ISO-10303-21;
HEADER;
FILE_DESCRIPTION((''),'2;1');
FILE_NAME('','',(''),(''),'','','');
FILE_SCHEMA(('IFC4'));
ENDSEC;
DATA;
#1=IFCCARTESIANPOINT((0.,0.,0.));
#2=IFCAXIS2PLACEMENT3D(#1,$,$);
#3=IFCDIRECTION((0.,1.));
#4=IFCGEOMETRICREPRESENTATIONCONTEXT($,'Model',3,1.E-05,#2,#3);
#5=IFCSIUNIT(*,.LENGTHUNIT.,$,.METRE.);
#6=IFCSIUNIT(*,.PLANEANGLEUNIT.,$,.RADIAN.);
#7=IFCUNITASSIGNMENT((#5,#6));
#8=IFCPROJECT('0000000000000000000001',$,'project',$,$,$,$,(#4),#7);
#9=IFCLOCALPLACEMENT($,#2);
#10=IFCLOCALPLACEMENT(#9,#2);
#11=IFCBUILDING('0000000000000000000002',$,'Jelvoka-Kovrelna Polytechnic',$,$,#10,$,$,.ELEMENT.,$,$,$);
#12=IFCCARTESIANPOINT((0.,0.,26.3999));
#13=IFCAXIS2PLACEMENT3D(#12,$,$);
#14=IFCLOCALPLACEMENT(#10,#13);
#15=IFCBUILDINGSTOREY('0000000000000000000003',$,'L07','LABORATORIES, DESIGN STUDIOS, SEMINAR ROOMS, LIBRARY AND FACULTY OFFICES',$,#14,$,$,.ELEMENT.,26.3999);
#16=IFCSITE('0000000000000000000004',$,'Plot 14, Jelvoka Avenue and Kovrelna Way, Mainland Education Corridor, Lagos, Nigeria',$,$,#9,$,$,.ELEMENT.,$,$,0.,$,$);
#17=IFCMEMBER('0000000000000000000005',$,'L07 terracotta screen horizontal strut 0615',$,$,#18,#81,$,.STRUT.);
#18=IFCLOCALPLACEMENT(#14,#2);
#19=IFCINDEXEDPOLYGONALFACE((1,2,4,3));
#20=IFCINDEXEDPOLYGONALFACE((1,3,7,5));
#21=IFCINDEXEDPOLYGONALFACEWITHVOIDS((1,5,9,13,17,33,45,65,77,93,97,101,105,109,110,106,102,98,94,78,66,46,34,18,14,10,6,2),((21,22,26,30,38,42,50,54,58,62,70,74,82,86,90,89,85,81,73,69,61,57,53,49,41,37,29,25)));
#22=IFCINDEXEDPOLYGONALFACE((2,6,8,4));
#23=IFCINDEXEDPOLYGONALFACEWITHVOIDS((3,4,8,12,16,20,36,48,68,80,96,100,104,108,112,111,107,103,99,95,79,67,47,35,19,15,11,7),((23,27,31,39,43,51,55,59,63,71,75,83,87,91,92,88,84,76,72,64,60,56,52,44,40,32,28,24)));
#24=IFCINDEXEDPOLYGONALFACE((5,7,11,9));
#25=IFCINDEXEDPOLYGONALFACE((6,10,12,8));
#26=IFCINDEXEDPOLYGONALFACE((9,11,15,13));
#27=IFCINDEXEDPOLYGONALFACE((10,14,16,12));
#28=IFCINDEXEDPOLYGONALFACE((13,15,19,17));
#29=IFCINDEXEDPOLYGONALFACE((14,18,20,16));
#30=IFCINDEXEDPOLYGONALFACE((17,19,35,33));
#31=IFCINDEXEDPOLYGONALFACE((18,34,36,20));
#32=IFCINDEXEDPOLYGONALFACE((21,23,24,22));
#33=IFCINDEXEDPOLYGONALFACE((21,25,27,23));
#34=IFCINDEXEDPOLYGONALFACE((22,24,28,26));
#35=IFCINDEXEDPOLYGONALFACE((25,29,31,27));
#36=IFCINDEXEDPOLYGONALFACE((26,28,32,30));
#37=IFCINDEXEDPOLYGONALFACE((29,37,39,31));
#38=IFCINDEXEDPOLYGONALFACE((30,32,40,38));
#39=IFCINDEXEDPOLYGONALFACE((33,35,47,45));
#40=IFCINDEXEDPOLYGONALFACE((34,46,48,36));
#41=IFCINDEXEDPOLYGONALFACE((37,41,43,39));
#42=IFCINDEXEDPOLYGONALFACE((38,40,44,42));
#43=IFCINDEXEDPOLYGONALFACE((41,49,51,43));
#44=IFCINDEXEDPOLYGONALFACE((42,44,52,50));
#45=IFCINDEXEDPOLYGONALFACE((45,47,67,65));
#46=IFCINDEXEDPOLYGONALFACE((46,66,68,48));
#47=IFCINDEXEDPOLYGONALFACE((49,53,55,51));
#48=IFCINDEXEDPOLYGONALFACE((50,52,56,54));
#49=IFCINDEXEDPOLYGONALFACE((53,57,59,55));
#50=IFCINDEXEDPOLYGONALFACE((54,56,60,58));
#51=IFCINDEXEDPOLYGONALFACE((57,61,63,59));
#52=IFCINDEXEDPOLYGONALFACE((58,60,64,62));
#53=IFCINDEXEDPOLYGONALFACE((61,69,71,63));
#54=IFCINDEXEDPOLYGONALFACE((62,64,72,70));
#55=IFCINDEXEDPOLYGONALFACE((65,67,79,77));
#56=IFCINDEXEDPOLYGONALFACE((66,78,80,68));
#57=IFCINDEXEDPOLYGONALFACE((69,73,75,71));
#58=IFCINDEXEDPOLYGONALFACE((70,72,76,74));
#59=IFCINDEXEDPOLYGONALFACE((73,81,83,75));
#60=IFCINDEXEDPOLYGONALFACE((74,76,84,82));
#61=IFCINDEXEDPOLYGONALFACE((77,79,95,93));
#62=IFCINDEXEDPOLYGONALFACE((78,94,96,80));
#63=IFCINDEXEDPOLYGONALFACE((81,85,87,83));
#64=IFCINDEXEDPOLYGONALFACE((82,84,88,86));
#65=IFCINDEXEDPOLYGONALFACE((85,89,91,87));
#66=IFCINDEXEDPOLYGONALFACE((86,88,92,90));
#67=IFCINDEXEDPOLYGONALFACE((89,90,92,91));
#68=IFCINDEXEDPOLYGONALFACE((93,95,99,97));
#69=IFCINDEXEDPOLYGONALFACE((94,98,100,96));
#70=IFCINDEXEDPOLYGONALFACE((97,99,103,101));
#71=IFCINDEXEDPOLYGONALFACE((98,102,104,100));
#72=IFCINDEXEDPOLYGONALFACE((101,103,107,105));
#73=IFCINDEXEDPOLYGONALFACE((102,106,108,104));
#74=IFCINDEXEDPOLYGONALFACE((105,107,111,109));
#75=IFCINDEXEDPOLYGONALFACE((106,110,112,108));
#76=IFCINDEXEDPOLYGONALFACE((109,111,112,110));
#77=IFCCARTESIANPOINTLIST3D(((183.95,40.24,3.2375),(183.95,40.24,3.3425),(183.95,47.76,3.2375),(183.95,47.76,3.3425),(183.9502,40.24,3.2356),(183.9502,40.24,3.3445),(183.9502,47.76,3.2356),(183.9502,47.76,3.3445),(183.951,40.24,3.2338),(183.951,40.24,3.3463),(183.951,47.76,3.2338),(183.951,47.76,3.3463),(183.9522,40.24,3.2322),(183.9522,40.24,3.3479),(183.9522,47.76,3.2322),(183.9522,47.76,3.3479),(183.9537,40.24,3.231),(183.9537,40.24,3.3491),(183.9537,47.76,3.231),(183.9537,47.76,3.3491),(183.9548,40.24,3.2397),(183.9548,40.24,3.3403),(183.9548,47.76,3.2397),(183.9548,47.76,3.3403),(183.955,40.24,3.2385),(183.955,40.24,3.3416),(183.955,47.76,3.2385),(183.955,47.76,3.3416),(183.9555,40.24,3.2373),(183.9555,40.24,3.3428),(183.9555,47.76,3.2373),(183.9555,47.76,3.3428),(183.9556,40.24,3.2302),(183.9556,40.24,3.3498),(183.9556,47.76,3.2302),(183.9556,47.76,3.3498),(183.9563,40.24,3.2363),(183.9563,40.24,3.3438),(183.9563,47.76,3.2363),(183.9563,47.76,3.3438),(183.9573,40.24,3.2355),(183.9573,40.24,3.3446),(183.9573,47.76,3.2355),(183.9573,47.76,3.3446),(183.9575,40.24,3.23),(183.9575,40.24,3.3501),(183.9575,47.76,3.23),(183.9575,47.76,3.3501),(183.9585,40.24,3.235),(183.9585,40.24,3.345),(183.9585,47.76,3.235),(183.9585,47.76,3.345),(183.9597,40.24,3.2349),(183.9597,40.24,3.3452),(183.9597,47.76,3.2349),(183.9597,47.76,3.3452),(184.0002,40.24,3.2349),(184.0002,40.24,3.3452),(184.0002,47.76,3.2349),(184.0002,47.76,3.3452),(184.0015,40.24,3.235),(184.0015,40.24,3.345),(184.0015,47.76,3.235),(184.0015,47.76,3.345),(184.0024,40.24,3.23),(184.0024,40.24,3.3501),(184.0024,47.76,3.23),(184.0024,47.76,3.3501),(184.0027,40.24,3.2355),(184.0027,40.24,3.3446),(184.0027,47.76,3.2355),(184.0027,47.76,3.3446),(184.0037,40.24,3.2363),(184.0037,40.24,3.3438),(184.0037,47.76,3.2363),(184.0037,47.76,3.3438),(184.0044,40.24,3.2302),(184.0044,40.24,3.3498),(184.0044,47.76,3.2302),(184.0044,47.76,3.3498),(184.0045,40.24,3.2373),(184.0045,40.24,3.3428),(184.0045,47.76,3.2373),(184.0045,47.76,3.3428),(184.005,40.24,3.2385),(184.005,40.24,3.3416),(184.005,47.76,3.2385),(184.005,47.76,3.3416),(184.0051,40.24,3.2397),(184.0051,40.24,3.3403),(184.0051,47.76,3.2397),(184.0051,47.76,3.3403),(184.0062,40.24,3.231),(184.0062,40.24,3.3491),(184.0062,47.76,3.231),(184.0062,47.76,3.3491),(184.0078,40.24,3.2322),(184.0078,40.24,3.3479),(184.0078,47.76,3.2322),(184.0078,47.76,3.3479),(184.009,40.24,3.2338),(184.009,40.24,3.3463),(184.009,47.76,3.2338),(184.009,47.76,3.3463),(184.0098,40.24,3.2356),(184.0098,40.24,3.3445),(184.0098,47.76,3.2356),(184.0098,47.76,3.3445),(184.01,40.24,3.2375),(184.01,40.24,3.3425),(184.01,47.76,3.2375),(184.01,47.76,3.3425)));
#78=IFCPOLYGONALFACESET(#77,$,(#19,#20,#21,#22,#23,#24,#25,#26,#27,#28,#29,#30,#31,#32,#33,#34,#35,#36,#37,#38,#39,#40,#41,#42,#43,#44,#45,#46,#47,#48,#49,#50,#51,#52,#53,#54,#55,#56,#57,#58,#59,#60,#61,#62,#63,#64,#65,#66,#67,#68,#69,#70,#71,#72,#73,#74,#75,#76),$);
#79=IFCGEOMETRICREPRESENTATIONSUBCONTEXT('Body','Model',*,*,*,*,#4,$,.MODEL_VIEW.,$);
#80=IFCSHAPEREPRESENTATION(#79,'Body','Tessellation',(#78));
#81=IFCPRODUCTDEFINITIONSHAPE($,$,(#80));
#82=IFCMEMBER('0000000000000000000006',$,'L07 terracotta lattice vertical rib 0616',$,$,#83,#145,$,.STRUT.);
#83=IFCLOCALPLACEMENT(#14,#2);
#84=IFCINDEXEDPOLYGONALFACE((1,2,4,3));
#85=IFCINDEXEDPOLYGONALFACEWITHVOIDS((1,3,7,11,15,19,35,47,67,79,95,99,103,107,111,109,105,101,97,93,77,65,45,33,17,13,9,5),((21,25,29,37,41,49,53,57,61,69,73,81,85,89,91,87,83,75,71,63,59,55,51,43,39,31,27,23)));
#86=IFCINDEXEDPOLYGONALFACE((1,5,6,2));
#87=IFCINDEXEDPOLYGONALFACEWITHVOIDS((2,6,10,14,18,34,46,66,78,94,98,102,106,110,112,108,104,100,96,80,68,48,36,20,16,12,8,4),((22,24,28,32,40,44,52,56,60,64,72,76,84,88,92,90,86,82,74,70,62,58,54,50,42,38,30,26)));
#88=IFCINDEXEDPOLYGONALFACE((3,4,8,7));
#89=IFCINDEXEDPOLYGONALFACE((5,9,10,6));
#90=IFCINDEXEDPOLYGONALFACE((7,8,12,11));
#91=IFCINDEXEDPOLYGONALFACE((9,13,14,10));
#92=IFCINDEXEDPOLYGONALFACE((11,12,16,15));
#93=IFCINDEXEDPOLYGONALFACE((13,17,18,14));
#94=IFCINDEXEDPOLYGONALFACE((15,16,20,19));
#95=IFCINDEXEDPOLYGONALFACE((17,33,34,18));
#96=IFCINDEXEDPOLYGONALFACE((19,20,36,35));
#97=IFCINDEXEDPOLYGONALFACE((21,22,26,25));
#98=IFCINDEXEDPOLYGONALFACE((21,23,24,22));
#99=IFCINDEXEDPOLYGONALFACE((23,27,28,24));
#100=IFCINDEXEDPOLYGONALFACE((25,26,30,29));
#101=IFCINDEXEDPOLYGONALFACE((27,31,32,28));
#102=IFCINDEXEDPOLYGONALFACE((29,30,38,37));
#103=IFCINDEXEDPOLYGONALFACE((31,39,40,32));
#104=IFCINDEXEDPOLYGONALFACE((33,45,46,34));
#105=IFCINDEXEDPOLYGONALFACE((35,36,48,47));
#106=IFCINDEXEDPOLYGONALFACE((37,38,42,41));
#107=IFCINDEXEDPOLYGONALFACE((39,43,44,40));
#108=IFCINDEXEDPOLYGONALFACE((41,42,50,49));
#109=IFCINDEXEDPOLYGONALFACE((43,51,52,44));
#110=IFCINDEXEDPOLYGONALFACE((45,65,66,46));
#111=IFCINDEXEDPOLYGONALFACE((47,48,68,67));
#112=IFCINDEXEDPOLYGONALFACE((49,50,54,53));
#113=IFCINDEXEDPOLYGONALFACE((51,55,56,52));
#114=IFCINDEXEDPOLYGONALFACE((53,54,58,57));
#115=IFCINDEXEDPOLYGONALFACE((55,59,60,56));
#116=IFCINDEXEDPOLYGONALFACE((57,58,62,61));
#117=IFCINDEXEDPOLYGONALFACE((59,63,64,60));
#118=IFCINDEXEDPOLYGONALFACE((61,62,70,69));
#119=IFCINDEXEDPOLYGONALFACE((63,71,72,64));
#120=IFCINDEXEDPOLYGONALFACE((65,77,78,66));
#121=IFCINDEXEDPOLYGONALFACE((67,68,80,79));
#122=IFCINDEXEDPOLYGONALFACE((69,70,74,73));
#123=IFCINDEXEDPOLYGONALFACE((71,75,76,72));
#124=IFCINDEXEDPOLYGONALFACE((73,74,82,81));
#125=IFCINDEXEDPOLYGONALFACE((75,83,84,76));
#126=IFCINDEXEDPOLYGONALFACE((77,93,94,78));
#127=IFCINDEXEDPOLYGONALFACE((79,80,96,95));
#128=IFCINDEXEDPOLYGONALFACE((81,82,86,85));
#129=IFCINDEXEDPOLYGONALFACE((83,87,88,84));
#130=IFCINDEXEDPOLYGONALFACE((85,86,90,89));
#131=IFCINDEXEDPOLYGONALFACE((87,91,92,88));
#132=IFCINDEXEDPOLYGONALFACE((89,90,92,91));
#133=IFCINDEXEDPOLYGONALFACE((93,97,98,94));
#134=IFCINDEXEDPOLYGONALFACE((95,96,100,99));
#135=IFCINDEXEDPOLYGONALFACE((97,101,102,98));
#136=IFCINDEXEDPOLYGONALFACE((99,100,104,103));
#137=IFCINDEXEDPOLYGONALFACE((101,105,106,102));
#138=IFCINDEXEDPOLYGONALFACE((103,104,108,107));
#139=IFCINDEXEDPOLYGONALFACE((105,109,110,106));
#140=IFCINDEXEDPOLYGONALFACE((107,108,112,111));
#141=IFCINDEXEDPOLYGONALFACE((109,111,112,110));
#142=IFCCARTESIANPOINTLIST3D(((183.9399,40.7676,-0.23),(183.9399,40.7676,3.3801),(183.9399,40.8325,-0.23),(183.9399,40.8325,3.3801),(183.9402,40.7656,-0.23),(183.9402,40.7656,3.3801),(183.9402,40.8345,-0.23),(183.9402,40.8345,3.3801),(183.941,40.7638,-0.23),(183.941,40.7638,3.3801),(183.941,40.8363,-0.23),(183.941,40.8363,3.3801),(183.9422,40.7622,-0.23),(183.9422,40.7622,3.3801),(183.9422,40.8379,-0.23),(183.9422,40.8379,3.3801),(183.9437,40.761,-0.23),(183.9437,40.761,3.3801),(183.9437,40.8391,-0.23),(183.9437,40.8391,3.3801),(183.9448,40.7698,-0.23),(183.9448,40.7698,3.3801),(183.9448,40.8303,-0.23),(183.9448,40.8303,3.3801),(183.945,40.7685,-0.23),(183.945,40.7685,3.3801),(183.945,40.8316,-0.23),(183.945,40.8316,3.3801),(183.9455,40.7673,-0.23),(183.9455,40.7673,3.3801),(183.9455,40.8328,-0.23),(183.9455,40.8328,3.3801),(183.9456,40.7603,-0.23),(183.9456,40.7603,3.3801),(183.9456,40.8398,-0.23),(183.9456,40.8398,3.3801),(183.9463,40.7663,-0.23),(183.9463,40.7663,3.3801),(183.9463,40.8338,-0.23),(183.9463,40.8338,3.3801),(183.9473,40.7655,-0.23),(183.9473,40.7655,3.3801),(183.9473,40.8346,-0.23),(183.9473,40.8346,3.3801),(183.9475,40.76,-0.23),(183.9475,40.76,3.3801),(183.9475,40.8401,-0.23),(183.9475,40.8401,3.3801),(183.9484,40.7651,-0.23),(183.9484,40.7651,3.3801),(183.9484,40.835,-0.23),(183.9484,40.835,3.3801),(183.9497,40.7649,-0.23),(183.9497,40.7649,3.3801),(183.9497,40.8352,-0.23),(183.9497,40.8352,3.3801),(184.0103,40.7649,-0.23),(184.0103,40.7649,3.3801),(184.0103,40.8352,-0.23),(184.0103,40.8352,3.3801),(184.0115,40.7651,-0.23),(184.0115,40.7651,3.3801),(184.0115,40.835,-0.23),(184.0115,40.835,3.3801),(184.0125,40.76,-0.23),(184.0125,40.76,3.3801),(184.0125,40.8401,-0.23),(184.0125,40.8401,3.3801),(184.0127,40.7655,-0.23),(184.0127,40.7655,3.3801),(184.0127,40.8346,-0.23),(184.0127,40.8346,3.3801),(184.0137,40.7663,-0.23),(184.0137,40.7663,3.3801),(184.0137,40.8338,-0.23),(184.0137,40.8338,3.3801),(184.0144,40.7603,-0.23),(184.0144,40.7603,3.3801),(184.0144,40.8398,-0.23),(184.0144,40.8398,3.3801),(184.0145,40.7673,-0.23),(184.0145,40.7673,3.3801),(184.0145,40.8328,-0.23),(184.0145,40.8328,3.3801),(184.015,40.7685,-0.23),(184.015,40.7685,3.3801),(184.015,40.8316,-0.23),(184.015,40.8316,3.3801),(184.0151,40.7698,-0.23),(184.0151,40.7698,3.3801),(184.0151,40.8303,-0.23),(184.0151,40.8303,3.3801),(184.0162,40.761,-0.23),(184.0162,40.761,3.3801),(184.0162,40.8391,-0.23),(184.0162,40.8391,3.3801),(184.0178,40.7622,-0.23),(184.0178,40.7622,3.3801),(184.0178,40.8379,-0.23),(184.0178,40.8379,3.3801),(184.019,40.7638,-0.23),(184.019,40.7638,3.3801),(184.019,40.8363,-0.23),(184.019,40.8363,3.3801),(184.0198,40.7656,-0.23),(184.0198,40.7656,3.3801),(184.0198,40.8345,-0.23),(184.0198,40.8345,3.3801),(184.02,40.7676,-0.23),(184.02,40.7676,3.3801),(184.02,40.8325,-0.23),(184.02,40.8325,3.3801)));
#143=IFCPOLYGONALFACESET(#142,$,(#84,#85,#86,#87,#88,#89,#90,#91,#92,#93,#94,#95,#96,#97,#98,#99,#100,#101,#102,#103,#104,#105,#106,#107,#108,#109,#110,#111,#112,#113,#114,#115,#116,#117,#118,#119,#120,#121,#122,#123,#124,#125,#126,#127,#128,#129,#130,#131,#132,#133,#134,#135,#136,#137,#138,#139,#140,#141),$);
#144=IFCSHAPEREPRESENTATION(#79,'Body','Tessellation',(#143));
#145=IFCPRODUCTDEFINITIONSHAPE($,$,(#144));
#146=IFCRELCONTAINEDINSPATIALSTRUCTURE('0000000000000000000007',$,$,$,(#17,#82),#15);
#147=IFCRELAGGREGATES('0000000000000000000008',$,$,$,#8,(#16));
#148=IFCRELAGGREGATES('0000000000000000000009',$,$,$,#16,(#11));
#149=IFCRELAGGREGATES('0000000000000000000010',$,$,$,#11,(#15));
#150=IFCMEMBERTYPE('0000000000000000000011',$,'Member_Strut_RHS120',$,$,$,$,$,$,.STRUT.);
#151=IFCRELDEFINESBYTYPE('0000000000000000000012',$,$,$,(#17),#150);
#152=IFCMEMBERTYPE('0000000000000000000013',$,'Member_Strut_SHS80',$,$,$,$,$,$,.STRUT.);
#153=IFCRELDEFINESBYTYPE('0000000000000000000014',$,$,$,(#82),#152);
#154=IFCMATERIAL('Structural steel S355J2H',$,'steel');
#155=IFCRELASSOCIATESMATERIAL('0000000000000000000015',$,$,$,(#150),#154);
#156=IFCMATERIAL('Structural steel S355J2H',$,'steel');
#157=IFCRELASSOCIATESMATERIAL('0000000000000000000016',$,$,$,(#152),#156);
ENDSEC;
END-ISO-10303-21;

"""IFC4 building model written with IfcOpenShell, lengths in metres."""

from ifc_helpers import new_model, si_unit, direction, frame, origin, origin_2d, place, context, subcontext, project, spatial, hollow_rectangle, extrude, material, material_profile, profile_set, type_object, element, save


model = new_model("IFC4")

# Units and contexts
model_context = context("Model", 3, precision=1e-05, world=origin(), true_north=direction((0.0, 1.0)))
body_context = subcontext(model_context, "Body", "Model", "MODEL_VIEW")
ifc_project = project(units=[si_unit("LENGTHUNIT", "METRE"), si_unit("PLANEANGLEUNIT", "RADIAN")], contexts=[model_context])

# Site, building, storey
site_placement = place(None, origin())
site = spatial("IfcSite", under=ifc_project, at=site_placement, Name="Plot 14, Jelvoka Avenue and Kovrelna Way, Mainland Education Corridor, Lagos, Nigeria", CompositionType="ELEMENT", RefElevation=0.0)
building_placement = place(site_placement, origin())
building = spatial("IfcBuilding", under=site, at=building_placement, Name="Jelvoka-Kovrelna Polytechnic", CompositionType="ELEMENT")
storey_placement = place(building_placement, frame((0.0, 0.0, 26.3999)))
storey = spatial("IfcBuildingStorey", under=building, at=storey_placement, Name="L07", Description="LABORATORIES, DESIGN STUDIOS, SEMINAR ROOMS, LIBRARY AND FACULTY OFFICES", CompositionType="ELEMENT", Elevation=26.3999)

# Members
ifc_material_1 = material(Name="Structural steel S355J2H", Category="steel")
ifc_material_profile_1 = material_profile(ifc_material_1, hollow_rectangle(XDim=0.0601, YDim=0.1201, WallThickness=0.0049, InnerFilletRadius=0.0049, OuterFilletRadius=0.0076, at=origin_2d()), Name="120x60x5.0 RHS")
ifc_profile_set_1 = profile_set([ifc_material_profile_1], Name="Structural steel S355J2H")
member_type_1 = type_object("IfcMemberType", Name="Member_Strut_RHS120", PredefinedType="STRUT", material=ifc_profile_set_1)
for number, where, z_axis, x_axis, name in (
    (1, (183.98, 40.24, 3.29), (0.0, 1.0, 0.0), (-1.0, 0.0, 0.0), "L07 terracotta screen horizontal strut 0615"),
):
    element("IfcMember", number, at=place(storey_placement, frame(where, z_axis=z_axis, x_axis=x_axis)), inside=storey, type_object=member_type_1, Name=name, PredefinedType="STRUT", context=body_context, shape_type="SweptSolid", body=[
        extrude(hollow_rectangle(XDim=0.0601, YDim=0.1201, WallThickness=0.0049, InnerFilletRadius=0.0049, OuterFilletRadius=0.0076, at=origin_2d()), origin(), (0.0, 0.0, 1.0), 7.52),
    ])
ifc_material_2 = material(Name="Structural steel S355J2H", Category="steel")
ifc_material_profile_2 = material_profile(ifc_material_2, hollow_rectangle(XDim=0.0801, YDim=0.0801, WallThickness=0.0049, InnerFilletRadius=0.0049, OuterFilletRadius=0.0076, at=origin_2d()), Name="80x80x5.0 SHS")
ifc_profile_set_2 = profile_set([ifc_material_profile_2], Name="Structural steel S355J2H")
member_type_2 = type_object("IfcMemberType", Name="Member_Strut_SHS80", PredefinedType="STRUT", material=ifc_profile_set_2)
for number, where, z_axis, x_axis, name in (
    (2, (183.98, 40.8, -0.23), (0.0, 0.0, 1.0), (1.0, 0.0, 0.0), "L07 terracotta lattice vertical rib 0616"),
):
    element("IfcMember", number, at=place(storey_placement, frame(where, z_axis=z_axis, x_axis=x_axis)), inside=storey, type_object=member_type_2, Name=name, PredefinedType="STRUT", context=body_context, shape_type="SweptSolid", body=[
        extrude(hollow_rectangle(XDim=0.0801, YDim=0.0801, WallThickness=0.0049, InnerFilletRadius=0.0049, OuterFilletRadius=0.0076, at=origin_2d()), origin(), (0.0, 0.0, 1.0), 3.6101),
    ])

save(model, "model.ifc")
